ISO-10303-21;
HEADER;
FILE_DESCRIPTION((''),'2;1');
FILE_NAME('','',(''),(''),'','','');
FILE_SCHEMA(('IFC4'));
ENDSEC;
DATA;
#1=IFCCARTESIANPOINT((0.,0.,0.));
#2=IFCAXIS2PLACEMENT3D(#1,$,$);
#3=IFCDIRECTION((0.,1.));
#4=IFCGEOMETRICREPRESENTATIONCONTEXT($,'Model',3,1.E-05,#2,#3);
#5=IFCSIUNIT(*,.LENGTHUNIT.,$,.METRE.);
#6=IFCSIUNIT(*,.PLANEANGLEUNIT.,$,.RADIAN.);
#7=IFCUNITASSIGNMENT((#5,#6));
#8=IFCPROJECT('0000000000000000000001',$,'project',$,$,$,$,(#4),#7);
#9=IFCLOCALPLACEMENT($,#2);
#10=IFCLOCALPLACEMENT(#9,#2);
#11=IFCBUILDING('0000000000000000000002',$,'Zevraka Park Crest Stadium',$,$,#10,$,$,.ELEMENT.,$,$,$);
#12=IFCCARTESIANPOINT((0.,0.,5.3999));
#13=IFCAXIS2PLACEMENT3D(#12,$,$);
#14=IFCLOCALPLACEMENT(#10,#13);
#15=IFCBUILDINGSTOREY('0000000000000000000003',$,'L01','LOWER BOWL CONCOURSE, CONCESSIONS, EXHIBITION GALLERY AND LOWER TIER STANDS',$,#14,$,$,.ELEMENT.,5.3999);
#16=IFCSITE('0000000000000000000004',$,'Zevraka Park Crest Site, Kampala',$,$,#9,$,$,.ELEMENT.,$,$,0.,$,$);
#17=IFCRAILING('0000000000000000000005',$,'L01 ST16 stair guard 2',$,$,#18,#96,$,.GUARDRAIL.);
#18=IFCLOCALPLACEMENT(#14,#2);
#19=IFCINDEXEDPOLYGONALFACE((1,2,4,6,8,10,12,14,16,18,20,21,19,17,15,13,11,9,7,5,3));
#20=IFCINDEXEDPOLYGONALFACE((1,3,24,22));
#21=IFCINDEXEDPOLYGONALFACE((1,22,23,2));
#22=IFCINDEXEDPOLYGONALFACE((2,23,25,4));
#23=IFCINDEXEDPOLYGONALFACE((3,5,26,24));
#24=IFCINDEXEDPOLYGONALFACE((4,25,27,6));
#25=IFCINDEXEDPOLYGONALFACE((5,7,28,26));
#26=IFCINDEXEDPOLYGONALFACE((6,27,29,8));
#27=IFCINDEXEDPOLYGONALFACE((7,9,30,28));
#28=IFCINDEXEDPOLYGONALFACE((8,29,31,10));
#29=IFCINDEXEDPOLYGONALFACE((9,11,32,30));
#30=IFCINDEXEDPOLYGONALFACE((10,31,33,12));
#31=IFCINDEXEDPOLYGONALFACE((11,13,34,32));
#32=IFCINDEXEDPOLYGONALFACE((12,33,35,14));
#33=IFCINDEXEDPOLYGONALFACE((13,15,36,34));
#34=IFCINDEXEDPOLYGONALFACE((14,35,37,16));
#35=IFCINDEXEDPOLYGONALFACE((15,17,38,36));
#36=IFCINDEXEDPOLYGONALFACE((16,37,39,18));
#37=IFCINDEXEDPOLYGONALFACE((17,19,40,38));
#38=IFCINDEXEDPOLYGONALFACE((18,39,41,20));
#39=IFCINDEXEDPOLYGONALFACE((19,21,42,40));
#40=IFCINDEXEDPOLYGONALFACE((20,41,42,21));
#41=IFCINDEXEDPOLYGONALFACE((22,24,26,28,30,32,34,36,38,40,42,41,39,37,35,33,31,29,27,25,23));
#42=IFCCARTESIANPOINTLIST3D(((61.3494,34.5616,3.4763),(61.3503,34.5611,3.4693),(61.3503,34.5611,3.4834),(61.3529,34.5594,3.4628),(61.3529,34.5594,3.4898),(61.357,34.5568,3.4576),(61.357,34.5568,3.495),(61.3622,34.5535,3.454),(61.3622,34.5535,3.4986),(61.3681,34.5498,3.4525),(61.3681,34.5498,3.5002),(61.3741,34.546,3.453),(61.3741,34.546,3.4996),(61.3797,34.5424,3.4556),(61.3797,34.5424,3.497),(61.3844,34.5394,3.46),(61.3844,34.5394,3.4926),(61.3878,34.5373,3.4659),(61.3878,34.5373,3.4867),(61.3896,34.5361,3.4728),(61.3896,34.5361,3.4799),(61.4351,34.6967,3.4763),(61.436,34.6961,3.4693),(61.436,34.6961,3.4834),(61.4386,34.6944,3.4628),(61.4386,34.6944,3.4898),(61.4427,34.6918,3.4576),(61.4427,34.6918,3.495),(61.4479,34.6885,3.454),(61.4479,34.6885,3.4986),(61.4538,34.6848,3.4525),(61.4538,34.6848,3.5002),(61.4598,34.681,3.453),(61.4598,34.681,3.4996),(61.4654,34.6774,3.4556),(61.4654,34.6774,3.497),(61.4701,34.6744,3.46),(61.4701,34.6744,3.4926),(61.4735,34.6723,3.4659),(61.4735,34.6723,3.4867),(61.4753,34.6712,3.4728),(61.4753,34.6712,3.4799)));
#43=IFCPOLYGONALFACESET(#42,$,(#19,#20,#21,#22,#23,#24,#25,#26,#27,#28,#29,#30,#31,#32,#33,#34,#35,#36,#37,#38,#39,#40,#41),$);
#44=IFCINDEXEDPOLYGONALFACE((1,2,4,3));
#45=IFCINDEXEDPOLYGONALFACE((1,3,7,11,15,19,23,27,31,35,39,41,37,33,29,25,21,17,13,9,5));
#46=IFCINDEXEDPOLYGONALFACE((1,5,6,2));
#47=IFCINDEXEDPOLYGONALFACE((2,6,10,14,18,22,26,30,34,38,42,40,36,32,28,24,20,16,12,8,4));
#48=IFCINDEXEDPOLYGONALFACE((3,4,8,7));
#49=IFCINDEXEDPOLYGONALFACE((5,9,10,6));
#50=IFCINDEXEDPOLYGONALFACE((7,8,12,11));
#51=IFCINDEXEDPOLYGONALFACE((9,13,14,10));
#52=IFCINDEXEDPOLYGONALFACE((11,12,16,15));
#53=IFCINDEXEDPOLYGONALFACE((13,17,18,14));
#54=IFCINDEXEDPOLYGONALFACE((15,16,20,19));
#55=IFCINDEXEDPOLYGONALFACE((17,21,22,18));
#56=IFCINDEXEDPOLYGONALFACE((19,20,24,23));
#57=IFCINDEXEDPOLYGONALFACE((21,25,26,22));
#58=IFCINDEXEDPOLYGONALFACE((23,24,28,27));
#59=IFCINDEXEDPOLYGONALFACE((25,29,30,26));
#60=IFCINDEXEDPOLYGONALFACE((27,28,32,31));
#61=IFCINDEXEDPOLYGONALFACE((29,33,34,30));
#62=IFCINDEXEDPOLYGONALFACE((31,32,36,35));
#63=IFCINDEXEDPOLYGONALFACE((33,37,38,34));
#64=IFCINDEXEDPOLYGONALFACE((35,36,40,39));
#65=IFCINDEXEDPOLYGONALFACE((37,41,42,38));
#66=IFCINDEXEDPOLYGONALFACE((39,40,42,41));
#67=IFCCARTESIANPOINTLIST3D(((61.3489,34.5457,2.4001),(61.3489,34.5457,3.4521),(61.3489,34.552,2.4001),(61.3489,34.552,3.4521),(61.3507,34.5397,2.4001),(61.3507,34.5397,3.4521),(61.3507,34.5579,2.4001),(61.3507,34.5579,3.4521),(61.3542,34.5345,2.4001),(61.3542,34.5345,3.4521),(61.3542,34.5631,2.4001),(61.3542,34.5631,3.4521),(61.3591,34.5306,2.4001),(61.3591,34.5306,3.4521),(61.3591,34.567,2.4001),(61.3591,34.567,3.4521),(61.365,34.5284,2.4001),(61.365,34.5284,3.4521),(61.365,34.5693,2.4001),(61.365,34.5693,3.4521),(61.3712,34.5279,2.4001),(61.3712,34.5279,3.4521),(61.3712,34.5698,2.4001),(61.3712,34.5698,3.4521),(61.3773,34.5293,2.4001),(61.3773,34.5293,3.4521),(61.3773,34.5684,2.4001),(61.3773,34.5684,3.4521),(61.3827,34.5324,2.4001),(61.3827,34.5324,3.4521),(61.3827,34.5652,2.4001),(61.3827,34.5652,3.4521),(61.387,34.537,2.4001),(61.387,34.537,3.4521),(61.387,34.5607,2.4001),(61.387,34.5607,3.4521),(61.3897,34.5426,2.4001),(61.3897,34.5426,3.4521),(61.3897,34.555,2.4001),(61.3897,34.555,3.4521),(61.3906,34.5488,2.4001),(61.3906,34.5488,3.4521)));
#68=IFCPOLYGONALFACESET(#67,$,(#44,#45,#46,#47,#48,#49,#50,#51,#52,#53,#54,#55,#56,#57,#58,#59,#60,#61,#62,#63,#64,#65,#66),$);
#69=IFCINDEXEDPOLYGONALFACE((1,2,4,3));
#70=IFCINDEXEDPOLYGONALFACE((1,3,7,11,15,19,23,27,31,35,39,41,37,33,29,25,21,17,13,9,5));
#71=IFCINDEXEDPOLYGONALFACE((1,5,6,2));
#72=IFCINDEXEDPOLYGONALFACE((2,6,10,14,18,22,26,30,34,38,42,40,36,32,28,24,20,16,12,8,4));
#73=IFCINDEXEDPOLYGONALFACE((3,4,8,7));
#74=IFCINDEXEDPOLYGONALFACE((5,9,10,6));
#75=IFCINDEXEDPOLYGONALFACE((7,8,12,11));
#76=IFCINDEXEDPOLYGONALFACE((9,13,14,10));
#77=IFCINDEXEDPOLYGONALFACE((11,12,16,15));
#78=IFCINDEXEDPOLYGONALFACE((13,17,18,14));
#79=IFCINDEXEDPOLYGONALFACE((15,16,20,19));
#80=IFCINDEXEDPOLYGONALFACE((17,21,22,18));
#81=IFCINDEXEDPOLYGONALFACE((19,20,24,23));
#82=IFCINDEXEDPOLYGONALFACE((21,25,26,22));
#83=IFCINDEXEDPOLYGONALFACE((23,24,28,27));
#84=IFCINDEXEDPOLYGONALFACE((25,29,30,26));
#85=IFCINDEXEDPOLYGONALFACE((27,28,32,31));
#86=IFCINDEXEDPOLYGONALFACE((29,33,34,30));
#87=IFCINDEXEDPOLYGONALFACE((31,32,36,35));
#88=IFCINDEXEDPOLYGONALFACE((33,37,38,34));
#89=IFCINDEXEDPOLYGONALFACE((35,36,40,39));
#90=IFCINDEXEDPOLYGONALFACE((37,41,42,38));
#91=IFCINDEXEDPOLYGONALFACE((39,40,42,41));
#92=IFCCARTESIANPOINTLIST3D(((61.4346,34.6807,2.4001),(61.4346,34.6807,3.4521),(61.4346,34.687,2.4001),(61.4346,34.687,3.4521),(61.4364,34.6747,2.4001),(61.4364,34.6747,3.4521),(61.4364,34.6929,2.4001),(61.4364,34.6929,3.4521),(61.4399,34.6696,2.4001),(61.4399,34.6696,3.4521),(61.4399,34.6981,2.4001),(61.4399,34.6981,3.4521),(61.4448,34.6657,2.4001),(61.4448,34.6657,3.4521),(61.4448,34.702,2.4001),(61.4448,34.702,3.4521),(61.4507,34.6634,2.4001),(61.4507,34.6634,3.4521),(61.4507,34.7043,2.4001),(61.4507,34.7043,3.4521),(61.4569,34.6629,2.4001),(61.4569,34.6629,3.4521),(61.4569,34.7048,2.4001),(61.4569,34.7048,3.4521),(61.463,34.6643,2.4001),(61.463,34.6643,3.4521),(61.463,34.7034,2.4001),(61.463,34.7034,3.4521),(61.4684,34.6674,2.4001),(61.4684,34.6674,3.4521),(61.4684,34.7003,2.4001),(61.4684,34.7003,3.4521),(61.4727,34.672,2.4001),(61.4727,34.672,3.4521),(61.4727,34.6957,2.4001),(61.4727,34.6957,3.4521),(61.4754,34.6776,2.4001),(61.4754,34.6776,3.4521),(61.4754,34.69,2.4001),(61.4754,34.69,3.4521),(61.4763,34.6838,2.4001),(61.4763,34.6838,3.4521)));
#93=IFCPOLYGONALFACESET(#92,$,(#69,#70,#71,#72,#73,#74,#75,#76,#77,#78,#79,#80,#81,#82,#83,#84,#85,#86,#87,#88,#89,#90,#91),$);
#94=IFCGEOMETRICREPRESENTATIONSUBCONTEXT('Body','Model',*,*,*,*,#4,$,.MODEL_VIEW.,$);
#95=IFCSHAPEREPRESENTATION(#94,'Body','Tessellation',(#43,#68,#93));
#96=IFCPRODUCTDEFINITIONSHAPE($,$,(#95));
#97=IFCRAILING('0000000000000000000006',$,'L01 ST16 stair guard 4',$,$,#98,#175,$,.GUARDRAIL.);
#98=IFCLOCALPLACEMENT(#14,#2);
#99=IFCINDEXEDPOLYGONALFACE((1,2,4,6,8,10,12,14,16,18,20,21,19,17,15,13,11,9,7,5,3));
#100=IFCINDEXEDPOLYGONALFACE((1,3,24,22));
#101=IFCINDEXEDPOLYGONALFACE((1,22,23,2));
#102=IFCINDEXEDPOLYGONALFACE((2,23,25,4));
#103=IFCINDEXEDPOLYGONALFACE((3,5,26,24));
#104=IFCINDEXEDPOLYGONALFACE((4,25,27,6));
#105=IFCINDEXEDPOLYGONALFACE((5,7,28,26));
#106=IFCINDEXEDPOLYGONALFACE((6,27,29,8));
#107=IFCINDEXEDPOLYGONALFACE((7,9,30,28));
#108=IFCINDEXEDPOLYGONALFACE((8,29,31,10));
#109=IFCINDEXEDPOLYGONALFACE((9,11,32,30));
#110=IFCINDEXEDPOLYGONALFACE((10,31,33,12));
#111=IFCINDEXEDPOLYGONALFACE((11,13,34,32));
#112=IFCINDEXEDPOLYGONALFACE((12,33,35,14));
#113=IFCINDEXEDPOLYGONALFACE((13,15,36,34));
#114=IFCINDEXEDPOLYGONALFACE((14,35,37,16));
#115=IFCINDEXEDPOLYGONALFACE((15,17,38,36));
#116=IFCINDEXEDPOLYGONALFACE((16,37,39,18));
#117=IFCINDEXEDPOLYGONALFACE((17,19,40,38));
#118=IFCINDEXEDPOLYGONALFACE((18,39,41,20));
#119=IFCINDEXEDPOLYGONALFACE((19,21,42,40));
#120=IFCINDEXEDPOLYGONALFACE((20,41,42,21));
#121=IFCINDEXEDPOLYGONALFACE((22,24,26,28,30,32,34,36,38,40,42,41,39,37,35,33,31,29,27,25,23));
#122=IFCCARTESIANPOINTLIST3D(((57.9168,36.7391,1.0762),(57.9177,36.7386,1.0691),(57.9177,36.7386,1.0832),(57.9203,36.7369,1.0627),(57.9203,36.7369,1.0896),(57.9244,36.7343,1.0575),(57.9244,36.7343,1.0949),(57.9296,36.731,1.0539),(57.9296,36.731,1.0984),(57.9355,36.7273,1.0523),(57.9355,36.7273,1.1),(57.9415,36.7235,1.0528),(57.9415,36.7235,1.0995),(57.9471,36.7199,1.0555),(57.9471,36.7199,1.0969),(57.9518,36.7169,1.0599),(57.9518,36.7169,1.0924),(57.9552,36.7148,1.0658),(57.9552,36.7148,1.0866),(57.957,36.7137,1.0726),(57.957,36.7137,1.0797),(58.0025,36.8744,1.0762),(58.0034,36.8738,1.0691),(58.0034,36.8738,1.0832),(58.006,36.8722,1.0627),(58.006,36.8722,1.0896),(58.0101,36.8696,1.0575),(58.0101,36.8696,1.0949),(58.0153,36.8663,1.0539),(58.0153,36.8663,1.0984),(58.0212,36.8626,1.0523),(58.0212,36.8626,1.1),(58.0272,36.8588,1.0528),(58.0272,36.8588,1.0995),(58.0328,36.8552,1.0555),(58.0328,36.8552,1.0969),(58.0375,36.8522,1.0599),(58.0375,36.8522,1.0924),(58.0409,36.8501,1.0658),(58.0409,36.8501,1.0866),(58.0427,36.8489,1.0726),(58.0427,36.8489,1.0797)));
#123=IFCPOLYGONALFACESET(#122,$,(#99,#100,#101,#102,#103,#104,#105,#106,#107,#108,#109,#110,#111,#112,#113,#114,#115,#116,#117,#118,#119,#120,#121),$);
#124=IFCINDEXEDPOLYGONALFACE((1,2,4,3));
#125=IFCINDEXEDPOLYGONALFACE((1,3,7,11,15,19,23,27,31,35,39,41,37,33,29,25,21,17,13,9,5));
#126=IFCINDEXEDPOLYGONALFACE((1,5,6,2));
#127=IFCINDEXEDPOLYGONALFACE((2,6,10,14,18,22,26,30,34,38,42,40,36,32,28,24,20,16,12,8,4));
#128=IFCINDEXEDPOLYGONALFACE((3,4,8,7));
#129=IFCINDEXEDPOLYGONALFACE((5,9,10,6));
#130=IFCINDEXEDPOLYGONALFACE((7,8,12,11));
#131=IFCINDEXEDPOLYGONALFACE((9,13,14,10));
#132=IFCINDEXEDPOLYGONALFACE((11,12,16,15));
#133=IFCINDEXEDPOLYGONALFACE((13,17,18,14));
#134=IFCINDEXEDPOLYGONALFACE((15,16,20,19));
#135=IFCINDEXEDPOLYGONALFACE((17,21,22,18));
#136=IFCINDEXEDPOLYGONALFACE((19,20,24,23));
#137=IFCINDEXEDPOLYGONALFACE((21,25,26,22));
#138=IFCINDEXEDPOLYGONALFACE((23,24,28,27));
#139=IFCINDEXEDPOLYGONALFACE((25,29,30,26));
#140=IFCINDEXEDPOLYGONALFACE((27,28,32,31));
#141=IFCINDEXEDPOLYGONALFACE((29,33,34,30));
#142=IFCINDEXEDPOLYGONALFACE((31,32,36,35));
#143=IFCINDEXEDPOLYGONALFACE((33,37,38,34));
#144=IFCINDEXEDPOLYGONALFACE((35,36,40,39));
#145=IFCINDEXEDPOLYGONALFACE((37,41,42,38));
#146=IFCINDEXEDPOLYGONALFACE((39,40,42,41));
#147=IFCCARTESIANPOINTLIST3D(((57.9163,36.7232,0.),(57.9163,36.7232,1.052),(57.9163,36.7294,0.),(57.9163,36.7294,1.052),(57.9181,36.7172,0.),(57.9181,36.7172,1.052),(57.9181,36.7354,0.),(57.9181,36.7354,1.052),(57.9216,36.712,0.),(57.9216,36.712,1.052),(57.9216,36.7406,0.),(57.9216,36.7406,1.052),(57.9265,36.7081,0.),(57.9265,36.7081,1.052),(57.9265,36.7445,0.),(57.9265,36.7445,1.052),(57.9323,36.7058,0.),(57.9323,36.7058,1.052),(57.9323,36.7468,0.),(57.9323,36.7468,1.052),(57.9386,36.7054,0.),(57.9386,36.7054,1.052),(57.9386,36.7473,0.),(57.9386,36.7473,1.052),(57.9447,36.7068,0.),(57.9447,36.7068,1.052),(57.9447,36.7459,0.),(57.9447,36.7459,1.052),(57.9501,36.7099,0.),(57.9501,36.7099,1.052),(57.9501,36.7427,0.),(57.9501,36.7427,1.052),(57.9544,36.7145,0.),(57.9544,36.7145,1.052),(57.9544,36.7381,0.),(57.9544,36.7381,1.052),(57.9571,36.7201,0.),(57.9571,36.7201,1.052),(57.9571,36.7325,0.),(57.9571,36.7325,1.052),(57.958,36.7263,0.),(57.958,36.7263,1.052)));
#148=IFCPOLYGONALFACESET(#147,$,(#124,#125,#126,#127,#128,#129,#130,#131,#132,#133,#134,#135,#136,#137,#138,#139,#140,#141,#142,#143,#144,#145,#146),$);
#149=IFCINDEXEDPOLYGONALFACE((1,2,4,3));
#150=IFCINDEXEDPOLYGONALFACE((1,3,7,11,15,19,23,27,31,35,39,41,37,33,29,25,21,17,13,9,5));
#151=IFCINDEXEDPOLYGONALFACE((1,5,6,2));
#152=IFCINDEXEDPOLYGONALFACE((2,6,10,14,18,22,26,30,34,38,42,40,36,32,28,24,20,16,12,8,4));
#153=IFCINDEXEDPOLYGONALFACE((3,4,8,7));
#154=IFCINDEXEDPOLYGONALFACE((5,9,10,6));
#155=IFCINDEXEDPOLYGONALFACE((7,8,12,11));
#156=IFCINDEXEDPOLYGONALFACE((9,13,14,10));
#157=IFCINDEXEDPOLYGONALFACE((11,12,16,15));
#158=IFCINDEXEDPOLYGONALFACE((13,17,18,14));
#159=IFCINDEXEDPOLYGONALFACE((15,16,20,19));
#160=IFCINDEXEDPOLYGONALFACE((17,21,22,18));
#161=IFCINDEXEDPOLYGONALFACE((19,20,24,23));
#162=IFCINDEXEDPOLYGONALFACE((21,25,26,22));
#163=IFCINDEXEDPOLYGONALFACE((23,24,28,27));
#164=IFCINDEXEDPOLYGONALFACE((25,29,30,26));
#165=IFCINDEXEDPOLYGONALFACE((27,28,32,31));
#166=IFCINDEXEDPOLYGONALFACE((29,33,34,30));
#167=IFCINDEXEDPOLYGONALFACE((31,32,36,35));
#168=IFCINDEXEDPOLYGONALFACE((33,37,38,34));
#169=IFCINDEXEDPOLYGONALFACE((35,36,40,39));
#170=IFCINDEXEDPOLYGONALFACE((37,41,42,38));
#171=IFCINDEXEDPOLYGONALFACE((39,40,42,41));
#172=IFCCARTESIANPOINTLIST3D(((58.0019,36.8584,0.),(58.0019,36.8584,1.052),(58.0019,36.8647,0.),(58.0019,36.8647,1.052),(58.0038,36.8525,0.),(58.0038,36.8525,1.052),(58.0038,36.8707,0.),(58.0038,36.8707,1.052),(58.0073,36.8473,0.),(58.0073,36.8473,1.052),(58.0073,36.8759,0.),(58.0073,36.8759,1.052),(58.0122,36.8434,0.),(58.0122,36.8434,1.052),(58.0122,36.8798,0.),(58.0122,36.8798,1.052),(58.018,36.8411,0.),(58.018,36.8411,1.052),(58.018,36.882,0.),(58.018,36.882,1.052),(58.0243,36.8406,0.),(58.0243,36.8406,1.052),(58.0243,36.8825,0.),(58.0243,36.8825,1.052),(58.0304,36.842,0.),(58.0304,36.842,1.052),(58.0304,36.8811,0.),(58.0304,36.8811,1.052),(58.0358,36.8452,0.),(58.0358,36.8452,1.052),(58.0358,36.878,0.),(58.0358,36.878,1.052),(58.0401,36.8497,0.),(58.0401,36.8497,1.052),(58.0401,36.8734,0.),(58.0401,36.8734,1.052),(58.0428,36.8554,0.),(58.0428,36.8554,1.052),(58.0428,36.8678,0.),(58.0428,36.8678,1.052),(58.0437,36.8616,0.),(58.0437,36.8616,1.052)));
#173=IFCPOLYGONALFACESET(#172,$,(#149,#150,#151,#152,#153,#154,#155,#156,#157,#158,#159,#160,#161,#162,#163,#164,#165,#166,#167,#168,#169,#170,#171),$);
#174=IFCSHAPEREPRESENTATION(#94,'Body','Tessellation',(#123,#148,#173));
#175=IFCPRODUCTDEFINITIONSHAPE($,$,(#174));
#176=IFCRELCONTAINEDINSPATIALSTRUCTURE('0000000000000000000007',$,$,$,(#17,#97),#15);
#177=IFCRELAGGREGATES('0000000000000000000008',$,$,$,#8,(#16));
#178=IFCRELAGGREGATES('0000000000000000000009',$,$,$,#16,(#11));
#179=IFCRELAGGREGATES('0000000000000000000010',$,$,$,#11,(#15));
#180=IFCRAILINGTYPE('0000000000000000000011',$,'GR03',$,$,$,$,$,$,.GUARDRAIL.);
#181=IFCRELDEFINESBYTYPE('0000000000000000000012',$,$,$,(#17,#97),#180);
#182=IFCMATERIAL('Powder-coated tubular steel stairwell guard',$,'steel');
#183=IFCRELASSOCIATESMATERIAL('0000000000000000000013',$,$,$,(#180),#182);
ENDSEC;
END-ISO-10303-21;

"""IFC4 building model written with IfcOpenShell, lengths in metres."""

from ifc_helpers import new_model, si_unit, direction, frame, origin, origin_2d, place, context, subcontext, project, spatial, circle, extrude, material, type_object, element, save


model = new_model("IFC4")

# Units and contexts
model_context = context("Model", 3, precision=1e-05, world=origin(), true_north=direction((0.0, 1.0)))
body_context = subcontext(model_context, "Body", "Model", "MODEL_VIEW")
ifc_project = project(units=[si_unit("LENGTHUNIT", "METRE"), si_unit("PLANEANGLEUNIT", "RADIAN")], contexts=[model_context])

# Site, building, storey
site_placement = place(None, origin())
site = spatial("IfcSite", under=ifc_project, at=site_placement, Name="Zevraka Park Crest Site, Kampala", CompositionType="ELEMENT", RefElevation=0.0)
building_placement = place(site_placement, origin())
building = spatial("IfcBuilding", under=site, at=building_placement, Name="Zevraka Park Crest Stadium", CompositionType="ELEMENT")
storey_placement = place(building_placement, frame((0.0, 0.0, 5.3999)))
storey = spatial("IfcBuildingStorey", under=building, at=storey_placement, Name="L01", Description="LOWER BOWL CONCOURSE, CONCESSIONS, EXHIBITION GALLERY AND LOWER TIER STANDS", CompositionType="ELEMENT", Elevation=5.3999)

# Railings
ifc_material_1 = material(Name="Powder-coated tubular steel stairwell guard", Category="steel")
railing_type_1 = type_object("IfcRailingType", Name="GR03", PredefinedType="GUARDRAIL", material=ifc_material_1)
railing_1_placement = place(storey_placement, frame((61.3696, 34.5488, 2.4001)))
element("IfcRailing", 1, at=railing_1_placement, inside=storey, type_object=railing_type_1, Name="L01 ST16 stair guard 2", PredefinedType="GUARDRAIL", context=body_context, shape_type="SweptSolid", body=[
    extrude(circle(Radius=0.0239, at=origin_2d()), frame((0.0, 0.0, 1.0762), z_axis=(0.535887, 0.84429, 0.0), x_axis=(-0.84429, 0.535887, 0.0)), (0.0, 0.0, 1.0), 0.1599),
    extrude(circle(Radius=0.021, at=origin_2d()), origin(), (0.0, 0.0, 1.0), 1.052),
    extrude(circle(Radius=0.021, at=origin_2d()), frame((0.0857, 0.135, 0.0)), (0.0, 0.0, 1.0), 1.052),
])
railing_2_placement = place(storey_placement, frame((57.937, 36.7263, 0.0)))
element("IfcRailing", 2, at=railing_2_placement, inside=storey, type_object=railing_type_1, Name="L01 ST16 stair guard 4", PredefinedType="GUARDRAIL", context=body_context, shape_type="SweptSolid", body=[
    extrude(circle(Radius=0.0239, at=origin_2d()), frame((0.0, 0.0, 1.0762), z_axis=(0.535197, 0.844727, 0.0), x_axis=(-0.844727, 0.535197, 0.0)), (0.0, 0.0, 1.0), 0.1602),
    extrude(circle(Radius=0.021, at=origin_2d()), origin(), (0.0, 0.0, 1.0), 1.052),
    extrude(circle(Radius=0.021, at=origin_2d()), frame((0.0857, 0.1353, 0.0)), (0.0, 0.0, 1.0), 1.052),
])

save(model, "model.ifc")
